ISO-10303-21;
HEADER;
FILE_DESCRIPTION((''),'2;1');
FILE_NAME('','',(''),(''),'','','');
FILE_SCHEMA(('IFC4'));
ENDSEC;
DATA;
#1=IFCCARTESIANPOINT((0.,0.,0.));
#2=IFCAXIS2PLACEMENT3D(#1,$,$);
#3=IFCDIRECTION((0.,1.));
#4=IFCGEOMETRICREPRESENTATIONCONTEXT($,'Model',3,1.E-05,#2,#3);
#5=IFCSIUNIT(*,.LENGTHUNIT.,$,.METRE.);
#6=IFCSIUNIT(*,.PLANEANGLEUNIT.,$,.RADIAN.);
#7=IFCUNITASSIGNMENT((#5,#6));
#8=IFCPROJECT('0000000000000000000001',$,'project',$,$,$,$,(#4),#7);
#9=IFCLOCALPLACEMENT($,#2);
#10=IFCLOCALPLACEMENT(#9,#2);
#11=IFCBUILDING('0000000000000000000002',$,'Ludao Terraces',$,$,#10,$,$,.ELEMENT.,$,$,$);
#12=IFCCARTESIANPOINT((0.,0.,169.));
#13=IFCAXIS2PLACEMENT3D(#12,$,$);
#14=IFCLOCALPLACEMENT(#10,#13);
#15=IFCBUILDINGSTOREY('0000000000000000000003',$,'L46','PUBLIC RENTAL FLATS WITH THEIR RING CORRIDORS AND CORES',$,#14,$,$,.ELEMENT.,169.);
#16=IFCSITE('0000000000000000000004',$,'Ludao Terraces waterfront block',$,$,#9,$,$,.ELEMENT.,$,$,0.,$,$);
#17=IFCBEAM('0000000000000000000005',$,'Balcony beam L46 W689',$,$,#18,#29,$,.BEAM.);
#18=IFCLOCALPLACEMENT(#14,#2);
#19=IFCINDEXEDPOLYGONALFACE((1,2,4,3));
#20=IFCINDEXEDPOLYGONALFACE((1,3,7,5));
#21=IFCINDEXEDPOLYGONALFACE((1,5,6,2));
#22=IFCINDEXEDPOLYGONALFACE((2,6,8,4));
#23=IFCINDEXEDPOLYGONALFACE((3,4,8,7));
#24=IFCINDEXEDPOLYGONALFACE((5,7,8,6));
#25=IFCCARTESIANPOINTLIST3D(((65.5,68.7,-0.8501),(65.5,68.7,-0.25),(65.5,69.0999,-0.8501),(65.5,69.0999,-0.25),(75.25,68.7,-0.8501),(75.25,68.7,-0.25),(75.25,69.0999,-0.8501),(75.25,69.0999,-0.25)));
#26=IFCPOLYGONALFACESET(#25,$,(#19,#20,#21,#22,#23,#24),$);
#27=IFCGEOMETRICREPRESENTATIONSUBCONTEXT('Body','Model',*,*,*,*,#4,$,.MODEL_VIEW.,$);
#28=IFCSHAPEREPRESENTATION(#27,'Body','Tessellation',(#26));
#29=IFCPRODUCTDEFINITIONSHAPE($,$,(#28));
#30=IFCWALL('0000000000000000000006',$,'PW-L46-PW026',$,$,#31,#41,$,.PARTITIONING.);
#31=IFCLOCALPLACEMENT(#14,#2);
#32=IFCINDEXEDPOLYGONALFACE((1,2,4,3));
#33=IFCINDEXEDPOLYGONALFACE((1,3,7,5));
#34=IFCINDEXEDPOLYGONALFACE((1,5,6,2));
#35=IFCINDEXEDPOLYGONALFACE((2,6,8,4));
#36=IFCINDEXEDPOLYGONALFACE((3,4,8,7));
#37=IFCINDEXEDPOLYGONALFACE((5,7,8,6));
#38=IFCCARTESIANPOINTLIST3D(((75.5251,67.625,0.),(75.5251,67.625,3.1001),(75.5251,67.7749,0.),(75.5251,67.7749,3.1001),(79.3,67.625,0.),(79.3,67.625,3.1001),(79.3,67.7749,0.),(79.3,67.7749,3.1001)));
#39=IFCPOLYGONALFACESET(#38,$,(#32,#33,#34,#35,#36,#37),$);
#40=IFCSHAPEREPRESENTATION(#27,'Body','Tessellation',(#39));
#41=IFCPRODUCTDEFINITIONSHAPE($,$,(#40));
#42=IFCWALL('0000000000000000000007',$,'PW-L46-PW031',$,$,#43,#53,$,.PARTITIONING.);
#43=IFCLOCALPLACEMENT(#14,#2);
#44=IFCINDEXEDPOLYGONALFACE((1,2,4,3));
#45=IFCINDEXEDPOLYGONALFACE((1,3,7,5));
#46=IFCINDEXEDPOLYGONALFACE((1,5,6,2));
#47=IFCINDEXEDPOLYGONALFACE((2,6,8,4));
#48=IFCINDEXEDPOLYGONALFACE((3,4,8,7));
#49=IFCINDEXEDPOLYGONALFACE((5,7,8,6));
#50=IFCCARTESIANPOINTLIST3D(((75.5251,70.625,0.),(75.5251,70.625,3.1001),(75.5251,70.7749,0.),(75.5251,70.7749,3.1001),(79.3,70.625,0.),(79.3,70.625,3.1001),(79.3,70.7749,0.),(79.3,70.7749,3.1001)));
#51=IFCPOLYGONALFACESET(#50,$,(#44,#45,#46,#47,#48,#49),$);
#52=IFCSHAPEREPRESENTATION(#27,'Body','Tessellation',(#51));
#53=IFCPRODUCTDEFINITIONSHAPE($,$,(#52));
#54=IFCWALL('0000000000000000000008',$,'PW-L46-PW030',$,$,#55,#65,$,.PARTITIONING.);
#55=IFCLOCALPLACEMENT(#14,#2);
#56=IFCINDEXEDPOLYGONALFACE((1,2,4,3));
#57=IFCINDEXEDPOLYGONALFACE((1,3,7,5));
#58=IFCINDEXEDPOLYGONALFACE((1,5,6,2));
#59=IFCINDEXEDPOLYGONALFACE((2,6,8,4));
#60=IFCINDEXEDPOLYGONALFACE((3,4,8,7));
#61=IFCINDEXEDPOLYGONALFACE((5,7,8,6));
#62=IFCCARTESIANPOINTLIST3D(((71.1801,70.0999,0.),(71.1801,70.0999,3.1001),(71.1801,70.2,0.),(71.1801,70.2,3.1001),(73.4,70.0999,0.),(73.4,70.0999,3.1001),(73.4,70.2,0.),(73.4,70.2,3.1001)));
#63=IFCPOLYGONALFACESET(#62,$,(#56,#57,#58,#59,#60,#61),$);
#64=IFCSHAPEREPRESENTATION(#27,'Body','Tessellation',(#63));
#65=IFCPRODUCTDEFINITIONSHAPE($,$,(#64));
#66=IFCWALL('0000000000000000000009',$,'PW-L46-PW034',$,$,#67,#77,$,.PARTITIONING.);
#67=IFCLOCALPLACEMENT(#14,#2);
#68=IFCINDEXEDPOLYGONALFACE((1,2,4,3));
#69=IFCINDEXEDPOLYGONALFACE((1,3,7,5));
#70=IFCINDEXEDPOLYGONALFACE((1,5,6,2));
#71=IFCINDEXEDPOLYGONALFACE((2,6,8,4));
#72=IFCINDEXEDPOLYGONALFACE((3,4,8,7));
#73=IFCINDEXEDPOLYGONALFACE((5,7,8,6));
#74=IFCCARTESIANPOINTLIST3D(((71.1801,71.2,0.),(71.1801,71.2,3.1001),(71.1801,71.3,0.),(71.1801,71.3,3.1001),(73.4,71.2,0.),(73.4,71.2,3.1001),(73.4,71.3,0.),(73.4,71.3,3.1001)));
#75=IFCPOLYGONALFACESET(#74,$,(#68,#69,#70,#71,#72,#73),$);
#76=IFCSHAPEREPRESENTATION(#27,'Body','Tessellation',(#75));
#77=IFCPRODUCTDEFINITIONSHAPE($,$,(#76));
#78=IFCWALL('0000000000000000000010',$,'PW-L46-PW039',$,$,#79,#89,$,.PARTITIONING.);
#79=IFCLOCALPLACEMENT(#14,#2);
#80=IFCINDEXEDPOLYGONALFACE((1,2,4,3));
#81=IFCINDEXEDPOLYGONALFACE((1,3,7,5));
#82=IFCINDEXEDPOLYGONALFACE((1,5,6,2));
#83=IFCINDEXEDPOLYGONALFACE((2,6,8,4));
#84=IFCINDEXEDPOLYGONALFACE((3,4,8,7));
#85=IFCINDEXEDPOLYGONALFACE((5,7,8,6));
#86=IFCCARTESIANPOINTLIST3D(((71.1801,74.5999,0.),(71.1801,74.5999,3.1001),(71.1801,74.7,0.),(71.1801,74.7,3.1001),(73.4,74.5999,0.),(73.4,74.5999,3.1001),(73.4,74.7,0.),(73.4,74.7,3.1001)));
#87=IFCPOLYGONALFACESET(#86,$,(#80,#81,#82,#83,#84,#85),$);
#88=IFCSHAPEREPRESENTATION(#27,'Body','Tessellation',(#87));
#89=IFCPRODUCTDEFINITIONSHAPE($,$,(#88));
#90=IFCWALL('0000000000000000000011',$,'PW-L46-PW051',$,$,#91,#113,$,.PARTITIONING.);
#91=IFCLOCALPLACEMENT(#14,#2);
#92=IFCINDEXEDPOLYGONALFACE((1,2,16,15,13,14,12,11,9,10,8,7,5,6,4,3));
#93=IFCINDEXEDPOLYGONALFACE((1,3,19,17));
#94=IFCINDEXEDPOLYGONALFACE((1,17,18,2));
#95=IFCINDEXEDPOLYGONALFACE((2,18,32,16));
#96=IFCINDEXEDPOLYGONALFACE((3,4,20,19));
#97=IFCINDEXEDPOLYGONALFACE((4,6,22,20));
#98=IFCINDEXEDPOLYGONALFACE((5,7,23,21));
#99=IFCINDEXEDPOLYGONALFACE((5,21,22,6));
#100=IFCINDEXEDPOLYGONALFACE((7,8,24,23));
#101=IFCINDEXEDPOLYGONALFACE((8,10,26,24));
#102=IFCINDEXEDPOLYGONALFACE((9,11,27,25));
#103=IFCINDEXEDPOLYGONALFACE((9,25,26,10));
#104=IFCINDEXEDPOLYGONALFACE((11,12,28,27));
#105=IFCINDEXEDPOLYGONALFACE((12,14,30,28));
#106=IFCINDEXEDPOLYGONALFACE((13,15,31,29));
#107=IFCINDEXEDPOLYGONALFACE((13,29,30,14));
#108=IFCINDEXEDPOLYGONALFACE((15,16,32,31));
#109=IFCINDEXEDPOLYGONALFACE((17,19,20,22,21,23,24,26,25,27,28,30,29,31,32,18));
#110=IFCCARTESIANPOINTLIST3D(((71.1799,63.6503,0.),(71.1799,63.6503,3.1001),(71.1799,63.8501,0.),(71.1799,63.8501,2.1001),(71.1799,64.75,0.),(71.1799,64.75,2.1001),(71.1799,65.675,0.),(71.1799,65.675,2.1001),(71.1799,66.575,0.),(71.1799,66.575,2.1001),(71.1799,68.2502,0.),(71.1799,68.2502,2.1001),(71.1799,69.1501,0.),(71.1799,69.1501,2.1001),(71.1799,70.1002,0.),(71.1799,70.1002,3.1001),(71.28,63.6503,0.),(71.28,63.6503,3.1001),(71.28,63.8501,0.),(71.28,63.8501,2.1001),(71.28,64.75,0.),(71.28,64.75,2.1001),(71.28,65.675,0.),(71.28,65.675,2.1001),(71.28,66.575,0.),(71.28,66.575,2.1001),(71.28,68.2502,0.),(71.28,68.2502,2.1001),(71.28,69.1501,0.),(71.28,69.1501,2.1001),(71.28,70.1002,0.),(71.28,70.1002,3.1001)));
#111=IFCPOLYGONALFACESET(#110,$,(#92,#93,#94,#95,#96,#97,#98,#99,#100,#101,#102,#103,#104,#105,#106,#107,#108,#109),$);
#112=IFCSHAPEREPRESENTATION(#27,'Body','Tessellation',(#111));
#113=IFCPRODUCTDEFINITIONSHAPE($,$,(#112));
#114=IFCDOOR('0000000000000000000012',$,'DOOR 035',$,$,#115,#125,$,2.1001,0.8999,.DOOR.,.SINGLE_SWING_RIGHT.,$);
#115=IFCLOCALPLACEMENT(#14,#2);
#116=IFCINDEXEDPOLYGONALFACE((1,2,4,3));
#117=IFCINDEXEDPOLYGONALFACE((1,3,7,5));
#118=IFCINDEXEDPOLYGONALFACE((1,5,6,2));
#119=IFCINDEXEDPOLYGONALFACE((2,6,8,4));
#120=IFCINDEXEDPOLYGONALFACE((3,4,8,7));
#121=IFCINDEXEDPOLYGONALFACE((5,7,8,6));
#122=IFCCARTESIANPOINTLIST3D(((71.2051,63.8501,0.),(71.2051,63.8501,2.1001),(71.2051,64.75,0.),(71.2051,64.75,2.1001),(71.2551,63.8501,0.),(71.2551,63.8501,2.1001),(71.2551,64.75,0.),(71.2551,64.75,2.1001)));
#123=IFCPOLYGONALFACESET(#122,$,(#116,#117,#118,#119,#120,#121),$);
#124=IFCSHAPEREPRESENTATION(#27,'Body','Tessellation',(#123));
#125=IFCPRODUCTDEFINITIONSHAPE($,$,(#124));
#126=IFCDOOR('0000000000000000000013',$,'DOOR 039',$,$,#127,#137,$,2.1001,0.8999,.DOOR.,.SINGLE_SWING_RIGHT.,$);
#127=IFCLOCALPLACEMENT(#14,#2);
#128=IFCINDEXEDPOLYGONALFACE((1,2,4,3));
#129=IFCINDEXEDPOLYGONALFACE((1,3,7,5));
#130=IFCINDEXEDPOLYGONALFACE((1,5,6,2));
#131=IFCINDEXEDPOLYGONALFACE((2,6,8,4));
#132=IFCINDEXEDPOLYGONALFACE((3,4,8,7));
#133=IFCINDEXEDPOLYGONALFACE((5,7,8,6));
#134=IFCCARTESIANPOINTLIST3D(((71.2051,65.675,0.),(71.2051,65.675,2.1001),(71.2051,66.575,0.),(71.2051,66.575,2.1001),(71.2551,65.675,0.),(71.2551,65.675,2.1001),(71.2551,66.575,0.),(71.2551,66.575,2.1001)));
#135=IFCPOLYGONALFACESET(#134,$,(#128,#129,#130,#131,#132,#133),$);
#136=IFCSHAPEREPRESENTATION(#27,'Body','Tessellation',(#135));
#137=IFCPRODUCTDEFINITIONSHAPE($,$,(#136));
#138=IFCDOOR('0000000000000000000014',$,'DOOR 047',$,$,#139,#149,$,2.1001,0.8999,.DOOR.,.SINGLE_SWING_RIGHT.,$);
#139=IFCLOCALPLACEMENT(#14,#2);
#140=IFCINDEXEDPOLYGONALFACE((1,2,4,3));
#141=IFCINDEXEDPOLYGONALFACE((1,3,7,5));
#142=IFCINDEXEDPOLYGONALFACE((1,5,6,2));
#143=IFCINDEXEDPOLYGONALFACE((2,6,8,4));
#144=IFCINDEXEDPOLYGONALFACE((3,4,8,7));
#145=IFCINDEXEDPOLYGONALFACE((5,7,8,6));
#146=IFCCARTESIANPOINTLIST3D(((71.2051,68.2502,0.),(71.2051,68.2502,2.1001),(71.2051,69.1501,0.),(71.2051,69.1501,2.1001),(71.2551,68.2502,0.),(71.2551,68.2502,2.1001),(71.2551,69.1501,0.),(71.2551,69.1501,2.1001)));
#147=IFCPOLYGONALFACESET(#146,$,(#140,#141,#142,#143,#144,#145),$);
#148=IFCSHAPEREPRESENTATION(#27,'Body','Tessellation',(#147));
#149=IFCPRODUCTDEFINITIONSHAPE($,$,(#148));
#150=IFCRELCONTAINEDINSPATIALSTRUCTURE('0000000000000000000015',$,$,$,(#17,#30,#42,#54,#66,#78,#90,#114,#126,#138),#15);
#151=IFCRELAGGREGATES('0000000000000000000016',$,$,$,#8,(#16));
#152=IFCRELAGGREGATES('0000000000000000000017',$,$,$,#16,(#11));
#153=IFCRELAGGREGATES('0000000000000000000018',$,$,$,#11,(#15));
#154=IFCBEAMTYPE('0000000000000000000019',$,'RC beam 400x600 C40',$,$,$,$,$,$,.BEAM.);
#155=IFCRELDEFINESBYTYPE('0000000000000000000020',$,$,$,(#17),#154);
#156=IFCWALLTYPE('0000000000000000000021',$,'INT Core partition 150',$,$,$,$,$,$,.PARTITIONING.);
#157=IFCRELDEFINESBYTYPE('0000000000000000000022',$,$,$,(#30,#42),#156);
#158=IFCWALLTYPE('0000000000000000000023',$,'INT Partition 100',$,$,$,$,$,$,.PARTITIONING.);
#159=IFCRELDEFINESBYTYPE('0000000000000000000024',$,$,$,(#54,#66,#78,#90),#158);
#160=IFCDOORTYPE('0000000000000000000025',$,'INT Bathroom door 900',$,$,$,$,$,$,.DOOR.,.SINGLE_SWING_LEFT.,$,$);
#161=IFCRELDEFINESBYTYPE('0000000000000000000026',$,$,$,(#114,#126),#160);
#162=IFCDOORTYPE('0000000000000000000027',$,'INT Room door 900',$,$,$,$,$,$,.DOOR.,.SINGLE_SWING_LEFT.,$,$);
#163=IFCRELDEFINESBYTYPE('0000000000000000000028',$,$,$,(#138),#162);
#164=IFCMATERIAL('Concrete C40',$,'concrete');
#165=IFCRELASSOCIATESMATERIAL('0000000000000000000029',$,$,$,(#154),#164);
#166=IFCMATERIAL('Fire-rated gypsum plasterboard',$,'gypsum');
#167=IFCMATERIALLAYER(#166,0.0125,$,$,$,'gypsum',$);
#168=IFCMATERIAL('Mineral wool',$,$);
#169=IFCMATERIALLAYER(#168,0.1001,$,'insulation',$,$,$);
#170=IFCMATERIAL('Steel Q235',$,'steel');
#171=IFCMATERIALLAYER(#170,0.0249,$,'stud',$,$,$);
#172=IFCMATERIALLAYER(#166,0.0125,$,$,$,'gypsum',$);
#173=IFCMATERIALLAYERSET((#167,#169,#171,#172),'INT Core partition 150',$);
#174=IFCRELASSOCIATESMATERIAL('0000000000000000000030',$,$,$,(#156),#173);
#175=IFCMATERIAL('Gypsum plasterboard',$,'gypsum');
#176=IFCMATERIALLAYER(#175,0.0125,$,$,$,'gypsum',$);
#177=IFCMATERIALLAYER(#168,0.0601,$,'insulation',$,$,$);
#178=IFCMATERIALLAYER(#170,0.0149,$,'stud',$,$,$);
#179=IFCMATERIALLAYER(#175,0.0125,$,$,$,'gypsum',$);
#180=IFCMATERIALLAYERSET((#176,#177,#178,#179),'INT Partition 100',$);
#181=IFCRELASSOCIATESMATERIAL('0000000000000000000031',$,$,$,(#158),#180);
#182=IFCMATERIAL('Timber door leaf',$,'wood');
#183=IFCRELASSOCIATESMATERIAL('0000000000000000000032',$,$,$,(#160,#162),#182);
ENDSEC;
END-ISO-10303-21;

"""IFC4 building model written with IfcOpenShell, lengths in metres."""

from ifc_helpers import new_model, si_unit, direction, frame, frame_2d, origin, origin_2d, place, context, subcontext, project, spatial, rectangle, extrude, material, layer, layer_set, material_profile, profile_set, type_object, element, fill, save


model = new_model("IFC4")

# Units and contexts
model_context = context("Model", 3, precision=1e-05, world=origin(), true_north=direction((0.0, 1.0)))
body_context = subcontext(model_context, "Body", "Model", "MODEL_VIEW")
ifc_project = project(units=[si_unit("LENGTHUNIT", "METRE"), si_unit("PLANEANGLEUNIT", "RADIAN")], contexts=[model_context])

# Site, building, storey
site_placement = place(None, origin())
site = spatial("IfcSite", under=ifc_project, at=site_placement, Name="Ludao Terraces waterfront block", CompositionType="ELEMENT", RefElevation=0.0)
building_placement = place(site_placement, origin())
building = spatial("IfcBuilding", under=site, at=building_placement, Name="Ludao Terraces", CompositionType="ELEMENT")
storey_placement = place(building_placement, frame((0.0, 0.0, 169.0)))
storey = spatial("IfcBuildingStorey", under=building, at=storey_placement, Name="L46", Description="PUBLIC RENTAL FLATS WITH THEIR RING CORRIDORS AND CORES", CompositionType="ELEMENT", Elevation=169.0)

# Beam
ifc_material_1 = material(Name="Concrete C40", Category="concrete")
ifc_material_profile = material_profile(ifc_material_1, rectangle(XDim=0.3999, YDim=0.6001, at=origin_2d()), Name="400 X 600")
ifc_profile_set = profile_set([ifc_material_profile], Name="Concrete C40")
beam_type = type_object("IfcBeamType", Name="RC beam 400x600 C40", PredefinedType="BEAM", material=ifc_profile_set)
beam_placement = place(storey_placement, frame((75.25, 68.8999, -0.55), z_axis=(-1.0, 0.0, 0.0), x_axis=(0.0, -1.0, 0.0)))
element("IfcBeam", 1, at=beam_placement, inside=storey, type_object=beam_type, Name="Balcony beam L46 W689", PredefinedType="BEAM", context=body_context, shape_type="SweptSolid", body=[
    extrude(rectangle(XDim=0.3999, YDim=0.6001, at=origin_2d()), origin(), (0.0, 0.0, 1.0), 9.75),
])

# Walls
ifc_material_2 = material(Name="Fire-rated gypsum plasterboard", Category="gypsum")
ifc_layer_1 = layer(ifc_material_2, 0.0125, Category="gypsum")
ifc_material_3 = material(Name="Mineral wool")
ifc_layer_2 = layer(ifc_material_3, 0.1001, Name="insulation")
ifc_material_4 = material(Name="Steel Q235", Category="steel")
ifc_layer_3 = layer(ifc_material_4, 0.0249, Name="stud")
ifc_layer_4 = layer(ifc_material_2, 0.0125, Category="gypsum")
ifc_layer_set_1 = layer_set([ifc_layer_1, ifc_layer_2, ifc_layer_3, ifc_layer_4], Name="INT Core partition 150")
wall_type_1 = type_object("IfcWallType", Name="INT Core partition 150", PredefinedType="PARTITIONING", material=ifc_layer_set_1)
for number, where, z_axis, x_axis, name in (
    (2, (75.5251, 67.7, 0.0), (0.0, 0.0, 1.0), (1.0, 0.0, 0.0), "PW-L46-PW026"),
    (3, (75.5251, 70.7, 0.0), (0.0, 0.0, 1.0), (1.0, 0.0, 0.0), "PW-L46-PW031"),
):
    element("IfcWall", number, at=place(storey_placement, frame(where, z_axis=z_axis, x_axis=x_axis)), inside=storey, type_object=wall_type_1, Name=name, PredefinedType="PARTITIONING", context=body_context, shape_type="SweptSolid", body=[
        extrude(rectangle(XDim=3.7749, YDim=0.1499, at=frame_2d((1.8875, 0.0))), origin(), (0.0, 0.0, 1.0), 3.1001),
    ])
ifc_material_5 = material(Name="Gypsum plasterboard", Category="gypsum")
ifc_layer_5 = layer(ifc_material_5, 0.0125, Category="gypsum")
ifc_layer_6 = layer(ifc_material_3, 0.0601, Name="insulation")
ifc_layer_7 = layer(ifc_material_4, 0.0149, Name="stud")
ifc_layer_8 = layer(ifc_material_5, 0.0125, Category="gypsum")
ifc_layer_set_2 = layer_set([ifc_layer_5, ifc_layer_6, ifc_layer_7, ifc_layer_8], Name="INT Partition 100")
wall_type_2 = type_object("IfcWallType", Name="INT Partition 100", PredefinedType="PARTITIONING", material=ifc_layer_set_2)
for number, where, z_axis, x_axis, name in (
    (4, (71.1802, 70.1499, 0.0), (0.0, 0.0, 1.0), (1.0, 0.0, 0.0), "PW-L46-PW030"),
    (5, (71.1802, 71.25, 0.0), (0.0, 0.0, 1.0), (1.0, 0.0, 0.0), "PW-L46-PW034"),
    (6, (71.1802, 74.6499, 0.0), (0.0, 0.0, 1.0), (1.0, 0.0, 0.0), "PW-L46-PW039"),
):
    element("IfcWall", number, at=place(storey_placement, frame(where, z_axis=z_axis, x_axis=x_axis)), inside=storey, type_object=wall_type_2, Name=name, PredefinedType="PARTITIONING", context=body_context, shape_type="SweptSolid", body=[
        extrude(rectangle(XDim=2.22, YDim=0.1001, at=frame_2d((1.1099, 0.0))), origin(), (0.0, 0.0, 1.0), 3.1001),
    ])

# Wall, openings, doors
wall_1_placement = place(storey_placement, frame((71.23, 63.6501, 0.0), z_axis=(0.0, 0.0, 1.0), x_axis=(0.0, 1.0, 0.0)))
wall_1 = element("IfcWall", 7, at=wall_1_placement, inside=storey, type_object=wall_type_2, Name="PW-L46-PW051", PredefinedType="PARTITIONING", context=body_context, shape_type="SweptSolid", body=[
    extrude(rectangle(XDim=6.45, YDim=0.1001, at=frame_2d((3.2251, 0.0))), origin(), (0.0, 0.0, 1.0), 3.1001),
])
opening_1_placement = place(wall_1_placement, frame((0.2, 0.0, 0.0)))
opening_1 = element("IfcOpeningElement", 8, at=opening_1_placement, cuts=wall_1, PredefinedType="OPENING", context=body_context, shape_type="SweptSolid", body=[
    extrude(rectangle(XDim=0.8999, YDim=2.1001, at=frame_2d((0.45, 1.05))), frame((0.0, 0.0601, 0.0), z_axis=(0.0, -1.0, 0.0), x_axis=(1.0, 0.0, 0.0)), (0.0, 0.0, 1.0), 0.1201),
])
opening_2_placement = place(wall_1_placement, frame((2.0249, 0.0, 0.0)))
opening_2 = element("IfcOpeningElement", 9, at=opening_2_placement, cuts=wall_1, PredefinedType="OPENING", context=body_context, shape_type="SweptSolid", body=[
    extrude(rectangle(XDim=0.8999, YDim=2.1001, at=frame_2d((0.45, 1.05))), frame((0.0, 0.0601, 0.0), z_axis=(0.0, -1.0, 0.0), x_axis=(1.0, 0.0, 0.0)), (0.0, 0.0, 1.0), 0.1201),
])
opening_3_placement = place(wall_1_placement, frame((4.6001, 0.0, 0.0)))
opening_3 = element("IfcOpeningElement", 10, at=opening_3_placement, cuts=wall_1, PredefinedType="OPENING", context=body_context, shape_type="SweptSolid", body=[
    extrude(rectangle(XDim=0.8999, YDim=2.1001, at=frame_2d((0.45, 1.05))), frame((0.0, 0.0601, 0.0), z_axis=(0.0, -1.0, 0.0), x_axis=(1.0, 0.0, 0.0)), (0.0, 0.0, 1.0), 0.1201),
])
ifc_material_6 = material(Name="Timber door leaf", Category="wood")
door_type_1 = type_object("IfcDoorType", Name="INT Bathroom door 900", OperationType="SINGLE_SWING_LEFT", PredefinedType="DOOR", material=ifc_material_6)
door_1_placement = place(opening_1_placement, origin())
door_1 = element("IfcDoor", 11, at=door_1_placement, inside=storey, type_object=door_type_1, Name="DOOR 035", OperationType="SINGLE_SWING_RIGHT", OverallHeight=2.1001, OverallWidth=0.8999, PredefinedType="DOOR", context=body_context, shape_type="SweptSolid", body=[
    extrude(rectangle(XDim=0.8999, YDim=2.1001, at=frame_2d((0.45, 1.05))), frame((0.0, 0.0249, 0.0), z_axis=(0.0, -1.0, 0.0), x_axis=(1.0, 0.0, 0.0)), (0.0, 0.0, 1.0), 0.05),
])
fill(opening_1, door_1)
door_2_placement = place(opening_2_placement, origin())
door_2 = element("IfcDoor", 12, at=door_2_placement, inside=storey, type_object=door_type_1, Name="DOOR 039", OperationType="SINGLE_SWING_RIGHT", OverallHeight=2.1001, OverallWidth=0.8999, PredefinedType="DOOR", context=body_context, shape_type="SweptSolid", body=[
    extrude(rectangle(XDim=0.8999, YDim=2.1001, at=frame_2d((0.45, 1.05))), frame((0.0, 0.0249, 0.0), z_axis=(0.0, -1.0, 0.0), x_axis=(1.0, 0.0, 0.0)), (0.0, 0.0, 1.0), 0.05),
])
fill(opening_2, door_2)
door_type_2 = type_object("IfcDoorType", Name="INT Room door 900", OperationType="SINGLE_SWING_LEFT", PredefinedType="DOOR", material=ifc_material_6)
door_3_placement = place(opening_3_placement, origin())
door_3 = element("IfcDoor", 13, at=door_3_placement, inside=storey, type_object=door_type_2, Name="DOOR 047", OperationType="SINGLE_SWING_RIGHT", OverallHeight=2.1001, OverallWidth=0.8999, PredefinedType="DOOR", context=body_context, shape_type="SweptSolid", body=[
    extrude(rectangle(XDim=0.8999, YDim=2.1001, at=frame_2d((0.45, 1.05))), frame((0.0, 0.0249, 0.0), z_axis=(0.0, -1.0, 0.0), x_axis=(1.0, 0.0, 0.0)), (0.0, 0.0, 1.0), 0.05),
])
fill(opening_3, door_3)

save(model, "model.ifc")
